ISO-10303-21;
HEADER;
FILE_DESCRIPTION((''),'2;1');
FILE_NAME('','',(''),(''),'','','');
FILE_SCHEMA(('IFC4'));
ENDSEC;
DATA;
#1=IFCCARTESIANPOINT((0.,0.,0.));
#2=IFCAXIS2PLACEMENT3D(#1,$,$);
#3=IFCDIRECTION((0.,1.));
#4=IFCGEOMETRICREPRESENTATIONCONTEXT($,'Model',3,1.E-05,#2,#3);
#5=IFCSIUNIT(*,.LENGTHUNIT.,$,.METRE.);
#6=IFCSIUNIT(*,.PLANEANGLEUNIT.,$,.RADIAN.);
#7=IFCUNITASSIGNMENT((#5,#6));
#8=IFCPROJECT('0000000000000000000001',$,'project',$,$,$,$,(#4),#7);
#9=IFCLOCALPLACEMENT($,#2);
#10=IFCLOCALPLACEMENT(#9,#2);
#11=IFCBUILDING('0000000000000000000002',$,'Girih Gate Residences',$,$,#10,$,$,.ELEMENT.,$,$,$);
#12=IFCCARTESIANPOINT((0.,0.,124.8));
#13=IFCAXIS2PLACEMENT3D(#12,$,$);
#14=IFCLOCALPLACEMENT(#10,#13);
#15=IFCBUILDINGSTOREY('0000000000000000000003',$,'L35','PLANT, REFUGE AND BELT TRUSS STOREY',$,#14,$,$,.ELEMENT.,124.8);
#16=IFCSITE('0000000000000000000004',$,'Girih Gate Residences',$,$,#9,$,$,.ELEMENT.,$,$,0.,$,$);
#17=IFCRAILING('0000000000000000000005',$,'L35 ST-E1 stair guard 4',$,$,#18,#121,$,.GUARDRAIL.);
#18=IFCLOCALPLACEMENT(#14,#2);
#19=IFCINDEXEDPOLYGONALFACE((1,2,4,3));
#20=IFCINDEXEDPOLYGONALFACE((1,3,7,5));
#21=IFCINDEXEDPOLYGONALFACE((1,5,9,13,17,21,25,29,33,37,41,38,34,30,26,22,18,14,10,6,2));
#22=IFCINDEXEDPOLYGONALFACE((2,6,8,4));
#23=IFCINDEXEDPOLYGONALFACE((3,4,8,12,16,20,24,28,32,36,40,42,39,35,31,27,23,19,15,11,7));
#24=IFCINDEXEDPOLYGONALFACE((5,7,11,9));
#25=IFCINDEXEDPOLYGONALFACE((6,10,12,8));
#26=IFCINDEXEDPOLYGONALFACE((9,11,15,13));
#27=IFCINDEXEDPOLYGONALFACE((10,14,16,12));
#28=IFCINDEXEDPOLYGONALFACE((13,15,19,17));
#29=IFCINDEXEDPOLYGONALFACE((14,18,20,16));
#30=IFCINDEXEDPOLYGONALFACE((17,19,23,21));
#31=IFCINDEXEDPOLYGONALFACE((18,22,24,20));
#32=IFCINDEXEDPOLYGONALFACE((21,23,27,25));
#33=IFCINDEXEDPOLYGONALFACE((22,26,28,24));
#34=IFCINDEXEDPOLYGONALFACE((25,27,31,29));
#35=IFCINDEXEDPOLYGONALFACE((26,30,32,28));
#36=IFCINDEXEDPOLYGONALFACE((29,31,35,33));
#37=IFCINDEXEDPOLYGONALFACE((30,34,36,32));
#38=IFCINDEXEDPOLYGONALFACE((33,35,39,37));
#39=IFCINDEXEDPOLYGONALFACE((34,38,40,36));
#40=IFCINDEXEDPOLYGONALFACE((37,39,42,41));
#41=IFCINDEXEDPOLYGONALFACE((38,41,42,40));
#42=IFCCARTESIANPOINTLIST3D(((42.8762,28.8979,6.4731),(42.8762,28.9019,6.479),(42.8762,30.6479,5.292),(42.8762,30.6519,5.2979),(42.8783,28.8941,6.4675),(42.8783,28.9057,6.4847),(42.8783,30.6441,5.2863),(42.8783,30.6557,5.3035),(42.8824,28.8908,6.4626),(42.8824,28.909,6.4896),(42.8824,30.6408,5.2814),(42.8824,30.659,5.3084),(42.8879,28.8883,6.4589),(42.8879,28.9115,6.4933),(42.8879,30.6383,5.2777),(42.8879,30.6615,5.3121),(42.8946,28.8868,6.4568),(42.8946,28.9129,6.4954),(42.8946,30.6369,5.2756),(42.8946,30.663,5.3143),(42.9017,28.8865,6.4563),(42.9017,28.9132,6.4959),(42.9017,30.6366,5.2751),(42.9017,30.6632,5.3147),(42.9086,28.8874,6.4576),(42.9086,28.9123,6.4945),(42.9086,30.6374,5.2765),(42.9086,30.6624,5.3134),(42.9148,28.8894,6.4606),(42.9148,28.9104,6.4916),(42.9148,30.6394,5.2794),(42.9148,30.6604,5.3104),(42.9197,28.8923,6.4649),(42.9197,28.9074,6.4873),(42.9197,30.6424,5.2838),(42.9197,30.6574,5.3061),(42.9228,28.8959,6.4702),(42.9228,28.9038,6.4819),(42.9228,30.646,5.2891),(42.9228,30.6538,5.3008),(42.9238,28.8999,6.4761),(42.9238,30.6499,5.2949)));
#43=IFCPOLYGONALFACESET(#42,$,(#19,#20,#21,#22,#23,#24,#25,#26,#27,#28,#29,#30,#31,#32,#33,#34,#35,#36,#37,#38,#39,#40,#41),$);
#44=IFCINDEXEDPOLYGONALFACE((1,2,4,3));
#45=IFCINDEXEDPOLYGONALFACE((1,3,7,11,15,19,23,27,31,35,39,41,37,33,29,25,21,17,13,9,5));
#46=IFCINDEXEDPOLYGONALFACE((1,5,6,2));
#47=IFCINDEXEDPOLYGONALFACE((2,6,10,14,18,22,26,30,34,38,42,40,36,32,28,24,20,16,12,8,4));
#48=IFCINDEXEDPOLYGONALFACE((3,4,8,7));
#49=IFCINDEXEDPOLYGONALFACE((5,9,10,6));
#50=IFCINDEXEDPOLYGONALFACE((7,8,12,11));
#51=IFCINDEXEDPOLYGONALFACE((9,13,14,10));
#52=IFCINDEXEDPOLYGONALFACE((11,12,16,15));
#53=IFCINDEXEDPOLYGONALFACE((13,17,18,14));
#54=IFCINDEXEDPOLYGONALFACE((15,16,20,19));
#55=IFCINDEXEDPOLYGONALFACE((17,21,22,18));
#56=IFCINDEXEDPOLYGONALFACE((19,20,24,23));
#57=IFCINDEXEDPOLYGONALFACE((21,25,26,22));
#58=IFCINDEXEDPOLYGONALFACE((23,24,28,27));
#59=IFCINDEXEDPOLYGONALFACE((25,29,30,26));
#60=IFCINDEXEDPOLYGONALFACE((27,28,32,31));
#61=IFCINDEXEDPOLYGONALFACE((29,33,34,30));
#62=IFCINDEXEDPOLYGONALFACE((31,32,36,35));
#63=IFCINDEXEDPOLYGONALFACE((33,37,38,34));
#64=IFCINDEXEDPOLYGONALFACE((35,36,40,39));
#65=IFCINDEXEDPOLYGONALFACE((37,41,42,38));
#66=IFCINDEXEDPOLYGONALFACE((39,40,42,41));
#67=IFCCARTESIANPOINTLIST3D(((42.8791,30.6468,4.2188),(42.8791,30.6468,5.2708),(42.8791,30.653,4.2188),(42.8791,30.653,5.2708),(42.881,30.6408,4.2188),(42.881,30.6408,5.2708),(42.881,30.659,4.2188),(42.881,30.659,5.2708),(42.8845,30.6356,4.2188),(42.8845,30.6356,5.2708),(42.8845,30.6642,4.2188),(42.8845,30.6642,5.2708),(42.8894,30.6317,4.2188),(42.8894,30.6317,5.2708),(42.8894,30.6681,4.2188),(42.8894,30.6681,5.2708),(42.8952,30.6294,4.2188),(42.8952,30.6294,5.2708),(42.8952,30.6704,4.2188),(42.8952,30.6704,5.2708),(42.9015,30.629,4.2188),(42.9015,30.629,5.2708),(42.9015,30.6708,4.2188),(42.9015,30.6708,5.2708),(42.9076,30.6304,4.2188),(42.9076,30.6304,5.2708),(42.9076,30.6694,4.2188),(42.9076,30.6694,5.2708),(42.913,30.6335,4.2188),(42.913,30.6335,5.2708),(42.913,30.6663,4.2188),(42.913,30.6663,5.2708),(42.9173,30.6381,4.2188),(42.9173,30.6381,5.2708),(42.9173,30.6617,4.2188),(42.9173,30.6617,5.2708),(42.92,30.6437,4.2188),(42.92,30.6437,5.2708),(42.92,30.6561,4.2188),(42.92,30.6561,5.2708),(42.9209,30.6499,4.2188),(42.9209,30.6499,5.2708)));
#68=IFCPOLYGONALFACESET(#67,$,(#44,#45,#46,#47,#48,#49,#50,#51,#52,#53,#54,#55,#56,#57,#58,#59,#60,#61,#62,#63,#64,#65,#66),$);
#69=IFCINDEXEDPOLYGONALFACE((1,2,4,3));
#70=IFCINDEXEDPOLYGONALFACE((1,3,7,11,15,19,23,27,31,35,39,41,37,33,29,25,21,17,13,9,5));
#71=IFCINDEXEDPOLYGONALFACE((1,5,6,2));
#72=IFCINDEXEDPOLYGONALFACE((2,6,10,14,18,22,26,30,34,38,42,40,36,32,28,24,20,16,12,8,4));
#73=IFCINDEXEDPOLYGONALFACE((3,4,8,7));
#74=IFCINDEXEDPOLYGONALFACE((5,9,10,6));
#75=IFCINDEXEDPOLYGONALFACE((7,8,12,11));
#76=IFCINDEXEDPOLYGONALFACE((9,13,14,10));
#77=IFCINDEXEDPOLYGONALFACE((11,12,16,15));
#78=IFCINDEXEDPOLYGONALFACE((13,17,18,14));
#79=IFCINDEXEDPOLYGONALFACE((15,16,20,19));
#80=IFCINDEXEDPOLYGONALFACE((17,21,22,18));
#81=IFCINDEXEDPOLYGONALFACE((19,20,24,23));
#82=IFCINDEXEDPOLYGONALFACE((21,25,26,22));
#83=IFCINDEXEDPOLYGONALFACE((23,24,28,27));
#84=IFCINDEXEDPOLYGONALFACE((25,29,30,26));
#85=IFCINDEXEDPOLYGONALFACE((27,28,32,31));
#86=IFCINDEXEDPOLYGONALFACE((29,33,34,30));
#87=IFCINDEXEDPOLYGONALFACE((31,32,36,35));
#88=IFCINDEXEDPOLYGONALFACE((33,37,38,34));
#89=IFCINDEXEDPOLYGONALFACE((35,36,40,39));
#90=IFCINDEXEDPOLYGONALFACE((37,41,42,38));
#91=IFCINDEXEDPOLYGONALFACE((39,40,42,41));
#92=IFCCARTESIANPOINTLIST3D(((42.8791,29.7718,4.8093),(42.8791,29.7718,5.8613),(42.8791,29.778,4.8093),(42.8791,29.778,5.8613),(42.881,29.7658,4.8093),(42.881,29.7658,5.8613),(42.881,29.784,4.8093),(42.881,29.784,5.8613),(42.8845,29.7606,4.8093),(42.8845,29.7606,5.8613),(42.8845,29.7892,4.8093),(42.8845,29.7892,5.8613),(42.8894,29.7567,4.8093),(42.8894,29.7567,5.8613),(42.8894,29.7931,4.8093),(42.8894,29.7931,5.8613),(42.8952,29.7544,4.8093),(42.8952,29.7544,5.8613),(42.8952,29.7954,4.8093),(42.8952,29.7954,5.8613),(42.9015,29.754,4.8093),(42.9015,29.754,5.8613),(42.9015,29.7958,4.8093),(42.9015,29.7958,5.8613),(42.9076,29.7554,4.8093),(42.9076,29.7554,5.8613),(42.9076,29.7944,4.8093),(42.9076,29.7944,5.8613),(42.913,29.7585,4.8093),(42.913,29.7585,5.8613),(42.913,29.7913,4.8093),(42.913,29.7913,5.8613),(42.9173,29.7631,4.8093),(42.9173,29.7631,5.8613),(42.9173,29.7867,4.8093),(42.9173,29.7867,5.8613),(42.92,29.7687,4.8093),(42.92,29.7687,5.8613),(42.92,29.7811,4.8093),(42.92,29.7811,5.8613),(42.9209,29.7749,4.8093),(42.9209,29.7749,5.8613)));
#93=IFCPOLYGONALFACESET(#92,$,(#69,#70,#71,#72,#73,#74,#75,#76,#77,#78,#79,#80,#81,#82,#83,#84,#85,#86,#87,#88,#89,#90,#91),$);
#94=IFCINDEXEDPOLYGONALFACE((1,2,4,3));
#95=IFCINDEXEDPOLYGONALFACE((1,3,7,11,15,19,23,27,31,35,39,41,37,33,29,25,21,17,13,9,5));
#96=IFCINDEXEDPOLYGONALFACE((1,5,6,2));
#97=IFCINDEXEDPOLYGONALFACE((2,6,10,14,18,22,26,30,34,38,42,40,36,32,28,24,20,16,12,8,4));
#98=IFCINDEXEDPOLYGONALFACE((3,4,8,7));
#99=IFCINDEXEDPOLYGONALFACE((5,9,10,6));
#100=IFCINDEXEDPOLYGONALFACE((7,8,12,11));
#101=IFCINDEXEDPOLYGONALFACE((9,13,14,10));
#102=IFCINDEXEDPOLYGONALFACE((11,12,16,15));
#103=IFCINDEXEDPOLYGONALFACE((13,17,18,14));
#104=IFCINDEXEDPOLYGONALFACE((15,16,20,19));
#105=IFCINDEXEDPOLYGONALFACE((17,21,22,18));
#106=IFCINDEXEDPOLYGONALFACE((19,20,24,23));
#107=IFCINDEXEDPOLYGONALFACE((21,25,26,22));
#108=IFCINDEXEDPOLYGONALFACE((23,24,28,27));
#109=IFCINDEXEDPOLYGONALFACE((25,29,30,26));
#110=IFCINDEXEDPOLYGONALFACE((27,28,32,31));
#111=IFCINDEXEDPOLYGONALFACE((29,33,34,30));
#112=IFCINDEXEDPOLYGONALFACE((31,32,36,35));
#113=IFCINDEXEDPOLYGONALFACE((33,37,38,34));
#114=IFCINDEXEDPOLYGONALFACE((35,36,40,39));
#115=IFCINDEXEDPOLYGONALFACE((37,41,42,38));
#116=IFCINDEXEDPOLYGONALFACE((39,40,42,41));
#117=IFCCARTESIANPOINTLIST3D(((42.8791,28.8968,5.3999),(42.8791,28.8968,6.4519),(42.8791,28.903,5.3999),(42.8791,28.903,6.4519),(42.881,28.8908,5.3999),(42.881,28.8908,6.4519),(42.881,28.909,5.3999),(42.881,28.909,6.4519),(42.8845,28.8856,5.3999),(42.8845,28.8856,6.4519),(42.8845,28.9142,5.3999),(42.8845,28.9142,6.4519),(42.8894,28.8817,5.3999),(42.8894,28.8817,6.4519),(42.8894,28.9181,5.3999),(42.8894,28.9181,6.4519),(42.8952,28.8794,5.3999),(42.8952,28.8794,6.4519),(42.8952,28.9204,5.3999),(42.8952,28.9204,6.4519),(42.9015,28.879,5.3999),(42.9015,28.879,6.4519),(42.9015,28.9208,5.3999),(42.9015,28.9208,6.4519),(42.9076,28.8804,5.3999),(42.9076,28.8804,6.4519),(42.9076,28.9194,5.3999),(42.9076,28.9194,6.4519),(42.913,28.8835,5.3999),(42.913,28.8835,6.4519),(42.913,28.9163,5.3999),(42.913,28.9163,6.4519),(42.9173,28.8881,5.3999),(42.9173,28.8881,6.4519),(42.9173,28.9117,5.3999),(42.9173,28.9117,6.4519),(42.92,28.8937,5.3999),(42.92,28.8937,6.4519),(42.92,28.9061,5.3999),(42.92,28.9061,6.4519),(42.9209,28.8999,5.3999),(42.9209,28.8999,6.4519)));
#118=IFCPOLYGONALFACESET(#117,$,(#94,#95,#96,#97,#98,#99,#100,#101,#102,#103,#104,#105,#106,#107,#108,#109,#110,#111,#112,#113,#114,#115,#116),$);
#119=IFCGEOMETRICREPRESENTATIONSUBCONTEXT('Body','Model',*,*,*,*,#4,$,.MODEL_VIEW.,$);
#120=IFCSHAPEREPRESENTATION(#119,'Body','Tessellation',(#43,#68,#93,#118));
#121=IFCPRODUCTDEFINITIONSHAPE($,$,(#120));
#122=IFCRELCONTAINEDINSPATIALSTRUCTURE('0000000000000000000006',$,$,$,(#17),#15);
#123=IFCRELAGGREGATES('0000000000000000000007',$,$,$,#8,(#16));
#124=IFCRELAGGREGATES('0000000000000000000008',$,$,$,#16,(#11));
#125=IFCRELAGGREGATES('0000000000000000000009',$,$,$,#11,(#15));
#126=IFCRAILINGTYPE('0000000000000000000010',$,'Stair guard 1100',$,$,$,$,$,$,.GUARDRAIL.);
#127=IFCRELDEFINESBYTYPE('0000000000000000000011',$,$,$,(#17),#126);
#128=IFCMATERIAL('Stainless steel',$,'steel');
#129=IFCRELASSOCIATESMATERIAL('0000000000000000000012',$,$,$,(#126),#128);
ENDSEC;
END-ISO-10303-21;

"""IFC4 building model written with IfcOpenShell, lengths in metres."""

from ifc_helpers import new_model, si_unit, direction, frame, origin, origin_2d, place, context, subcontext, project, spatial, circle, extrude, material, type_object, element, save


model = new_model("IFC4")

# Units and contexts
model_context = context("Model", 3, precision=1e-05, world=origin(), true_north=direction((0.0, 1.0)))
body_context = subcontext(model_context, "Body", "Model", "MODEL_VIEW")
ifc_project = project(units=[si_unit("LENGTHUNIT", "METRE"), si_unit("PLANEANGLEUNIT", "RADIAN")], contexts=[model_context])

# Site, building, storey
site_placement = place(None, origin())
site = spatial("IfcSite", under=ifc_project, at=site_placement, Name="Girih Gate Residences", CompositionType="ELEMENT", RefElevation=0.0)
building_placement = place(site_placement, origin())
building = spatial("IfcBuilding", under=site, at=building_placement, Name="Girih Gate Residences", CompositionType="ELEMENT")
storey_placement = place(building_placement, frame((0.0, 0.0, 124.8)))
storey = spatial("IfcBuildingStorey", under=building, at=storey_placement, Name="L35", Description="PLANT, REFUGE AND BELT TRUSS STOREY", CompositionType="ELEMENT", Elevation=124.8)

# Railing
ifc_material_1 = material(Name="Stainless steel", Category="steel")
railing_type_1 = type_object("IfcRailingType", Name="Stair guard 1100", PredefinedType="GUARDRAIL", material=ifc_material_1)
railing_1_placement = place(storey_placement, frame((42.8999, 30.6499, 4.2188)))
element("IfcRailing", 1, at=railing_1_placement, inside=storey, type_object=railing_type_1, Name="L35 ST-E1 stair guard 4", PredefinedType="GUARDRAIL", context=body_context, shape_type="SweptSolid", body=[
    extrude(circle(Radius=0.0239, at=origin_2d()), frame((0.0, 0.0, 1.0762), z_axis=(0.0, -0.82887, 0.559441), x_axis=(1.0, 0.0, 0.0)), (0.0, 0.0, 1.0), 2.1113),
    extrude(circle(Radius=0.021, at=origin_2d()), origin(), (0.0, 0.0, 1.0), 1.052),
    extrude(circle(Radius=0.021, at=origin_2d()), frame((0.0, -0.875, 0.5906)), (0.0, 0.0, 1.0), 1.052),
    extrude(circle(Radius=0.021, at=origin_2d()), frame((0.0, -1.75, 1.1812)), (0.0, 0.0, 1.0), 1.052),
])

save(model, "model.ifc")
